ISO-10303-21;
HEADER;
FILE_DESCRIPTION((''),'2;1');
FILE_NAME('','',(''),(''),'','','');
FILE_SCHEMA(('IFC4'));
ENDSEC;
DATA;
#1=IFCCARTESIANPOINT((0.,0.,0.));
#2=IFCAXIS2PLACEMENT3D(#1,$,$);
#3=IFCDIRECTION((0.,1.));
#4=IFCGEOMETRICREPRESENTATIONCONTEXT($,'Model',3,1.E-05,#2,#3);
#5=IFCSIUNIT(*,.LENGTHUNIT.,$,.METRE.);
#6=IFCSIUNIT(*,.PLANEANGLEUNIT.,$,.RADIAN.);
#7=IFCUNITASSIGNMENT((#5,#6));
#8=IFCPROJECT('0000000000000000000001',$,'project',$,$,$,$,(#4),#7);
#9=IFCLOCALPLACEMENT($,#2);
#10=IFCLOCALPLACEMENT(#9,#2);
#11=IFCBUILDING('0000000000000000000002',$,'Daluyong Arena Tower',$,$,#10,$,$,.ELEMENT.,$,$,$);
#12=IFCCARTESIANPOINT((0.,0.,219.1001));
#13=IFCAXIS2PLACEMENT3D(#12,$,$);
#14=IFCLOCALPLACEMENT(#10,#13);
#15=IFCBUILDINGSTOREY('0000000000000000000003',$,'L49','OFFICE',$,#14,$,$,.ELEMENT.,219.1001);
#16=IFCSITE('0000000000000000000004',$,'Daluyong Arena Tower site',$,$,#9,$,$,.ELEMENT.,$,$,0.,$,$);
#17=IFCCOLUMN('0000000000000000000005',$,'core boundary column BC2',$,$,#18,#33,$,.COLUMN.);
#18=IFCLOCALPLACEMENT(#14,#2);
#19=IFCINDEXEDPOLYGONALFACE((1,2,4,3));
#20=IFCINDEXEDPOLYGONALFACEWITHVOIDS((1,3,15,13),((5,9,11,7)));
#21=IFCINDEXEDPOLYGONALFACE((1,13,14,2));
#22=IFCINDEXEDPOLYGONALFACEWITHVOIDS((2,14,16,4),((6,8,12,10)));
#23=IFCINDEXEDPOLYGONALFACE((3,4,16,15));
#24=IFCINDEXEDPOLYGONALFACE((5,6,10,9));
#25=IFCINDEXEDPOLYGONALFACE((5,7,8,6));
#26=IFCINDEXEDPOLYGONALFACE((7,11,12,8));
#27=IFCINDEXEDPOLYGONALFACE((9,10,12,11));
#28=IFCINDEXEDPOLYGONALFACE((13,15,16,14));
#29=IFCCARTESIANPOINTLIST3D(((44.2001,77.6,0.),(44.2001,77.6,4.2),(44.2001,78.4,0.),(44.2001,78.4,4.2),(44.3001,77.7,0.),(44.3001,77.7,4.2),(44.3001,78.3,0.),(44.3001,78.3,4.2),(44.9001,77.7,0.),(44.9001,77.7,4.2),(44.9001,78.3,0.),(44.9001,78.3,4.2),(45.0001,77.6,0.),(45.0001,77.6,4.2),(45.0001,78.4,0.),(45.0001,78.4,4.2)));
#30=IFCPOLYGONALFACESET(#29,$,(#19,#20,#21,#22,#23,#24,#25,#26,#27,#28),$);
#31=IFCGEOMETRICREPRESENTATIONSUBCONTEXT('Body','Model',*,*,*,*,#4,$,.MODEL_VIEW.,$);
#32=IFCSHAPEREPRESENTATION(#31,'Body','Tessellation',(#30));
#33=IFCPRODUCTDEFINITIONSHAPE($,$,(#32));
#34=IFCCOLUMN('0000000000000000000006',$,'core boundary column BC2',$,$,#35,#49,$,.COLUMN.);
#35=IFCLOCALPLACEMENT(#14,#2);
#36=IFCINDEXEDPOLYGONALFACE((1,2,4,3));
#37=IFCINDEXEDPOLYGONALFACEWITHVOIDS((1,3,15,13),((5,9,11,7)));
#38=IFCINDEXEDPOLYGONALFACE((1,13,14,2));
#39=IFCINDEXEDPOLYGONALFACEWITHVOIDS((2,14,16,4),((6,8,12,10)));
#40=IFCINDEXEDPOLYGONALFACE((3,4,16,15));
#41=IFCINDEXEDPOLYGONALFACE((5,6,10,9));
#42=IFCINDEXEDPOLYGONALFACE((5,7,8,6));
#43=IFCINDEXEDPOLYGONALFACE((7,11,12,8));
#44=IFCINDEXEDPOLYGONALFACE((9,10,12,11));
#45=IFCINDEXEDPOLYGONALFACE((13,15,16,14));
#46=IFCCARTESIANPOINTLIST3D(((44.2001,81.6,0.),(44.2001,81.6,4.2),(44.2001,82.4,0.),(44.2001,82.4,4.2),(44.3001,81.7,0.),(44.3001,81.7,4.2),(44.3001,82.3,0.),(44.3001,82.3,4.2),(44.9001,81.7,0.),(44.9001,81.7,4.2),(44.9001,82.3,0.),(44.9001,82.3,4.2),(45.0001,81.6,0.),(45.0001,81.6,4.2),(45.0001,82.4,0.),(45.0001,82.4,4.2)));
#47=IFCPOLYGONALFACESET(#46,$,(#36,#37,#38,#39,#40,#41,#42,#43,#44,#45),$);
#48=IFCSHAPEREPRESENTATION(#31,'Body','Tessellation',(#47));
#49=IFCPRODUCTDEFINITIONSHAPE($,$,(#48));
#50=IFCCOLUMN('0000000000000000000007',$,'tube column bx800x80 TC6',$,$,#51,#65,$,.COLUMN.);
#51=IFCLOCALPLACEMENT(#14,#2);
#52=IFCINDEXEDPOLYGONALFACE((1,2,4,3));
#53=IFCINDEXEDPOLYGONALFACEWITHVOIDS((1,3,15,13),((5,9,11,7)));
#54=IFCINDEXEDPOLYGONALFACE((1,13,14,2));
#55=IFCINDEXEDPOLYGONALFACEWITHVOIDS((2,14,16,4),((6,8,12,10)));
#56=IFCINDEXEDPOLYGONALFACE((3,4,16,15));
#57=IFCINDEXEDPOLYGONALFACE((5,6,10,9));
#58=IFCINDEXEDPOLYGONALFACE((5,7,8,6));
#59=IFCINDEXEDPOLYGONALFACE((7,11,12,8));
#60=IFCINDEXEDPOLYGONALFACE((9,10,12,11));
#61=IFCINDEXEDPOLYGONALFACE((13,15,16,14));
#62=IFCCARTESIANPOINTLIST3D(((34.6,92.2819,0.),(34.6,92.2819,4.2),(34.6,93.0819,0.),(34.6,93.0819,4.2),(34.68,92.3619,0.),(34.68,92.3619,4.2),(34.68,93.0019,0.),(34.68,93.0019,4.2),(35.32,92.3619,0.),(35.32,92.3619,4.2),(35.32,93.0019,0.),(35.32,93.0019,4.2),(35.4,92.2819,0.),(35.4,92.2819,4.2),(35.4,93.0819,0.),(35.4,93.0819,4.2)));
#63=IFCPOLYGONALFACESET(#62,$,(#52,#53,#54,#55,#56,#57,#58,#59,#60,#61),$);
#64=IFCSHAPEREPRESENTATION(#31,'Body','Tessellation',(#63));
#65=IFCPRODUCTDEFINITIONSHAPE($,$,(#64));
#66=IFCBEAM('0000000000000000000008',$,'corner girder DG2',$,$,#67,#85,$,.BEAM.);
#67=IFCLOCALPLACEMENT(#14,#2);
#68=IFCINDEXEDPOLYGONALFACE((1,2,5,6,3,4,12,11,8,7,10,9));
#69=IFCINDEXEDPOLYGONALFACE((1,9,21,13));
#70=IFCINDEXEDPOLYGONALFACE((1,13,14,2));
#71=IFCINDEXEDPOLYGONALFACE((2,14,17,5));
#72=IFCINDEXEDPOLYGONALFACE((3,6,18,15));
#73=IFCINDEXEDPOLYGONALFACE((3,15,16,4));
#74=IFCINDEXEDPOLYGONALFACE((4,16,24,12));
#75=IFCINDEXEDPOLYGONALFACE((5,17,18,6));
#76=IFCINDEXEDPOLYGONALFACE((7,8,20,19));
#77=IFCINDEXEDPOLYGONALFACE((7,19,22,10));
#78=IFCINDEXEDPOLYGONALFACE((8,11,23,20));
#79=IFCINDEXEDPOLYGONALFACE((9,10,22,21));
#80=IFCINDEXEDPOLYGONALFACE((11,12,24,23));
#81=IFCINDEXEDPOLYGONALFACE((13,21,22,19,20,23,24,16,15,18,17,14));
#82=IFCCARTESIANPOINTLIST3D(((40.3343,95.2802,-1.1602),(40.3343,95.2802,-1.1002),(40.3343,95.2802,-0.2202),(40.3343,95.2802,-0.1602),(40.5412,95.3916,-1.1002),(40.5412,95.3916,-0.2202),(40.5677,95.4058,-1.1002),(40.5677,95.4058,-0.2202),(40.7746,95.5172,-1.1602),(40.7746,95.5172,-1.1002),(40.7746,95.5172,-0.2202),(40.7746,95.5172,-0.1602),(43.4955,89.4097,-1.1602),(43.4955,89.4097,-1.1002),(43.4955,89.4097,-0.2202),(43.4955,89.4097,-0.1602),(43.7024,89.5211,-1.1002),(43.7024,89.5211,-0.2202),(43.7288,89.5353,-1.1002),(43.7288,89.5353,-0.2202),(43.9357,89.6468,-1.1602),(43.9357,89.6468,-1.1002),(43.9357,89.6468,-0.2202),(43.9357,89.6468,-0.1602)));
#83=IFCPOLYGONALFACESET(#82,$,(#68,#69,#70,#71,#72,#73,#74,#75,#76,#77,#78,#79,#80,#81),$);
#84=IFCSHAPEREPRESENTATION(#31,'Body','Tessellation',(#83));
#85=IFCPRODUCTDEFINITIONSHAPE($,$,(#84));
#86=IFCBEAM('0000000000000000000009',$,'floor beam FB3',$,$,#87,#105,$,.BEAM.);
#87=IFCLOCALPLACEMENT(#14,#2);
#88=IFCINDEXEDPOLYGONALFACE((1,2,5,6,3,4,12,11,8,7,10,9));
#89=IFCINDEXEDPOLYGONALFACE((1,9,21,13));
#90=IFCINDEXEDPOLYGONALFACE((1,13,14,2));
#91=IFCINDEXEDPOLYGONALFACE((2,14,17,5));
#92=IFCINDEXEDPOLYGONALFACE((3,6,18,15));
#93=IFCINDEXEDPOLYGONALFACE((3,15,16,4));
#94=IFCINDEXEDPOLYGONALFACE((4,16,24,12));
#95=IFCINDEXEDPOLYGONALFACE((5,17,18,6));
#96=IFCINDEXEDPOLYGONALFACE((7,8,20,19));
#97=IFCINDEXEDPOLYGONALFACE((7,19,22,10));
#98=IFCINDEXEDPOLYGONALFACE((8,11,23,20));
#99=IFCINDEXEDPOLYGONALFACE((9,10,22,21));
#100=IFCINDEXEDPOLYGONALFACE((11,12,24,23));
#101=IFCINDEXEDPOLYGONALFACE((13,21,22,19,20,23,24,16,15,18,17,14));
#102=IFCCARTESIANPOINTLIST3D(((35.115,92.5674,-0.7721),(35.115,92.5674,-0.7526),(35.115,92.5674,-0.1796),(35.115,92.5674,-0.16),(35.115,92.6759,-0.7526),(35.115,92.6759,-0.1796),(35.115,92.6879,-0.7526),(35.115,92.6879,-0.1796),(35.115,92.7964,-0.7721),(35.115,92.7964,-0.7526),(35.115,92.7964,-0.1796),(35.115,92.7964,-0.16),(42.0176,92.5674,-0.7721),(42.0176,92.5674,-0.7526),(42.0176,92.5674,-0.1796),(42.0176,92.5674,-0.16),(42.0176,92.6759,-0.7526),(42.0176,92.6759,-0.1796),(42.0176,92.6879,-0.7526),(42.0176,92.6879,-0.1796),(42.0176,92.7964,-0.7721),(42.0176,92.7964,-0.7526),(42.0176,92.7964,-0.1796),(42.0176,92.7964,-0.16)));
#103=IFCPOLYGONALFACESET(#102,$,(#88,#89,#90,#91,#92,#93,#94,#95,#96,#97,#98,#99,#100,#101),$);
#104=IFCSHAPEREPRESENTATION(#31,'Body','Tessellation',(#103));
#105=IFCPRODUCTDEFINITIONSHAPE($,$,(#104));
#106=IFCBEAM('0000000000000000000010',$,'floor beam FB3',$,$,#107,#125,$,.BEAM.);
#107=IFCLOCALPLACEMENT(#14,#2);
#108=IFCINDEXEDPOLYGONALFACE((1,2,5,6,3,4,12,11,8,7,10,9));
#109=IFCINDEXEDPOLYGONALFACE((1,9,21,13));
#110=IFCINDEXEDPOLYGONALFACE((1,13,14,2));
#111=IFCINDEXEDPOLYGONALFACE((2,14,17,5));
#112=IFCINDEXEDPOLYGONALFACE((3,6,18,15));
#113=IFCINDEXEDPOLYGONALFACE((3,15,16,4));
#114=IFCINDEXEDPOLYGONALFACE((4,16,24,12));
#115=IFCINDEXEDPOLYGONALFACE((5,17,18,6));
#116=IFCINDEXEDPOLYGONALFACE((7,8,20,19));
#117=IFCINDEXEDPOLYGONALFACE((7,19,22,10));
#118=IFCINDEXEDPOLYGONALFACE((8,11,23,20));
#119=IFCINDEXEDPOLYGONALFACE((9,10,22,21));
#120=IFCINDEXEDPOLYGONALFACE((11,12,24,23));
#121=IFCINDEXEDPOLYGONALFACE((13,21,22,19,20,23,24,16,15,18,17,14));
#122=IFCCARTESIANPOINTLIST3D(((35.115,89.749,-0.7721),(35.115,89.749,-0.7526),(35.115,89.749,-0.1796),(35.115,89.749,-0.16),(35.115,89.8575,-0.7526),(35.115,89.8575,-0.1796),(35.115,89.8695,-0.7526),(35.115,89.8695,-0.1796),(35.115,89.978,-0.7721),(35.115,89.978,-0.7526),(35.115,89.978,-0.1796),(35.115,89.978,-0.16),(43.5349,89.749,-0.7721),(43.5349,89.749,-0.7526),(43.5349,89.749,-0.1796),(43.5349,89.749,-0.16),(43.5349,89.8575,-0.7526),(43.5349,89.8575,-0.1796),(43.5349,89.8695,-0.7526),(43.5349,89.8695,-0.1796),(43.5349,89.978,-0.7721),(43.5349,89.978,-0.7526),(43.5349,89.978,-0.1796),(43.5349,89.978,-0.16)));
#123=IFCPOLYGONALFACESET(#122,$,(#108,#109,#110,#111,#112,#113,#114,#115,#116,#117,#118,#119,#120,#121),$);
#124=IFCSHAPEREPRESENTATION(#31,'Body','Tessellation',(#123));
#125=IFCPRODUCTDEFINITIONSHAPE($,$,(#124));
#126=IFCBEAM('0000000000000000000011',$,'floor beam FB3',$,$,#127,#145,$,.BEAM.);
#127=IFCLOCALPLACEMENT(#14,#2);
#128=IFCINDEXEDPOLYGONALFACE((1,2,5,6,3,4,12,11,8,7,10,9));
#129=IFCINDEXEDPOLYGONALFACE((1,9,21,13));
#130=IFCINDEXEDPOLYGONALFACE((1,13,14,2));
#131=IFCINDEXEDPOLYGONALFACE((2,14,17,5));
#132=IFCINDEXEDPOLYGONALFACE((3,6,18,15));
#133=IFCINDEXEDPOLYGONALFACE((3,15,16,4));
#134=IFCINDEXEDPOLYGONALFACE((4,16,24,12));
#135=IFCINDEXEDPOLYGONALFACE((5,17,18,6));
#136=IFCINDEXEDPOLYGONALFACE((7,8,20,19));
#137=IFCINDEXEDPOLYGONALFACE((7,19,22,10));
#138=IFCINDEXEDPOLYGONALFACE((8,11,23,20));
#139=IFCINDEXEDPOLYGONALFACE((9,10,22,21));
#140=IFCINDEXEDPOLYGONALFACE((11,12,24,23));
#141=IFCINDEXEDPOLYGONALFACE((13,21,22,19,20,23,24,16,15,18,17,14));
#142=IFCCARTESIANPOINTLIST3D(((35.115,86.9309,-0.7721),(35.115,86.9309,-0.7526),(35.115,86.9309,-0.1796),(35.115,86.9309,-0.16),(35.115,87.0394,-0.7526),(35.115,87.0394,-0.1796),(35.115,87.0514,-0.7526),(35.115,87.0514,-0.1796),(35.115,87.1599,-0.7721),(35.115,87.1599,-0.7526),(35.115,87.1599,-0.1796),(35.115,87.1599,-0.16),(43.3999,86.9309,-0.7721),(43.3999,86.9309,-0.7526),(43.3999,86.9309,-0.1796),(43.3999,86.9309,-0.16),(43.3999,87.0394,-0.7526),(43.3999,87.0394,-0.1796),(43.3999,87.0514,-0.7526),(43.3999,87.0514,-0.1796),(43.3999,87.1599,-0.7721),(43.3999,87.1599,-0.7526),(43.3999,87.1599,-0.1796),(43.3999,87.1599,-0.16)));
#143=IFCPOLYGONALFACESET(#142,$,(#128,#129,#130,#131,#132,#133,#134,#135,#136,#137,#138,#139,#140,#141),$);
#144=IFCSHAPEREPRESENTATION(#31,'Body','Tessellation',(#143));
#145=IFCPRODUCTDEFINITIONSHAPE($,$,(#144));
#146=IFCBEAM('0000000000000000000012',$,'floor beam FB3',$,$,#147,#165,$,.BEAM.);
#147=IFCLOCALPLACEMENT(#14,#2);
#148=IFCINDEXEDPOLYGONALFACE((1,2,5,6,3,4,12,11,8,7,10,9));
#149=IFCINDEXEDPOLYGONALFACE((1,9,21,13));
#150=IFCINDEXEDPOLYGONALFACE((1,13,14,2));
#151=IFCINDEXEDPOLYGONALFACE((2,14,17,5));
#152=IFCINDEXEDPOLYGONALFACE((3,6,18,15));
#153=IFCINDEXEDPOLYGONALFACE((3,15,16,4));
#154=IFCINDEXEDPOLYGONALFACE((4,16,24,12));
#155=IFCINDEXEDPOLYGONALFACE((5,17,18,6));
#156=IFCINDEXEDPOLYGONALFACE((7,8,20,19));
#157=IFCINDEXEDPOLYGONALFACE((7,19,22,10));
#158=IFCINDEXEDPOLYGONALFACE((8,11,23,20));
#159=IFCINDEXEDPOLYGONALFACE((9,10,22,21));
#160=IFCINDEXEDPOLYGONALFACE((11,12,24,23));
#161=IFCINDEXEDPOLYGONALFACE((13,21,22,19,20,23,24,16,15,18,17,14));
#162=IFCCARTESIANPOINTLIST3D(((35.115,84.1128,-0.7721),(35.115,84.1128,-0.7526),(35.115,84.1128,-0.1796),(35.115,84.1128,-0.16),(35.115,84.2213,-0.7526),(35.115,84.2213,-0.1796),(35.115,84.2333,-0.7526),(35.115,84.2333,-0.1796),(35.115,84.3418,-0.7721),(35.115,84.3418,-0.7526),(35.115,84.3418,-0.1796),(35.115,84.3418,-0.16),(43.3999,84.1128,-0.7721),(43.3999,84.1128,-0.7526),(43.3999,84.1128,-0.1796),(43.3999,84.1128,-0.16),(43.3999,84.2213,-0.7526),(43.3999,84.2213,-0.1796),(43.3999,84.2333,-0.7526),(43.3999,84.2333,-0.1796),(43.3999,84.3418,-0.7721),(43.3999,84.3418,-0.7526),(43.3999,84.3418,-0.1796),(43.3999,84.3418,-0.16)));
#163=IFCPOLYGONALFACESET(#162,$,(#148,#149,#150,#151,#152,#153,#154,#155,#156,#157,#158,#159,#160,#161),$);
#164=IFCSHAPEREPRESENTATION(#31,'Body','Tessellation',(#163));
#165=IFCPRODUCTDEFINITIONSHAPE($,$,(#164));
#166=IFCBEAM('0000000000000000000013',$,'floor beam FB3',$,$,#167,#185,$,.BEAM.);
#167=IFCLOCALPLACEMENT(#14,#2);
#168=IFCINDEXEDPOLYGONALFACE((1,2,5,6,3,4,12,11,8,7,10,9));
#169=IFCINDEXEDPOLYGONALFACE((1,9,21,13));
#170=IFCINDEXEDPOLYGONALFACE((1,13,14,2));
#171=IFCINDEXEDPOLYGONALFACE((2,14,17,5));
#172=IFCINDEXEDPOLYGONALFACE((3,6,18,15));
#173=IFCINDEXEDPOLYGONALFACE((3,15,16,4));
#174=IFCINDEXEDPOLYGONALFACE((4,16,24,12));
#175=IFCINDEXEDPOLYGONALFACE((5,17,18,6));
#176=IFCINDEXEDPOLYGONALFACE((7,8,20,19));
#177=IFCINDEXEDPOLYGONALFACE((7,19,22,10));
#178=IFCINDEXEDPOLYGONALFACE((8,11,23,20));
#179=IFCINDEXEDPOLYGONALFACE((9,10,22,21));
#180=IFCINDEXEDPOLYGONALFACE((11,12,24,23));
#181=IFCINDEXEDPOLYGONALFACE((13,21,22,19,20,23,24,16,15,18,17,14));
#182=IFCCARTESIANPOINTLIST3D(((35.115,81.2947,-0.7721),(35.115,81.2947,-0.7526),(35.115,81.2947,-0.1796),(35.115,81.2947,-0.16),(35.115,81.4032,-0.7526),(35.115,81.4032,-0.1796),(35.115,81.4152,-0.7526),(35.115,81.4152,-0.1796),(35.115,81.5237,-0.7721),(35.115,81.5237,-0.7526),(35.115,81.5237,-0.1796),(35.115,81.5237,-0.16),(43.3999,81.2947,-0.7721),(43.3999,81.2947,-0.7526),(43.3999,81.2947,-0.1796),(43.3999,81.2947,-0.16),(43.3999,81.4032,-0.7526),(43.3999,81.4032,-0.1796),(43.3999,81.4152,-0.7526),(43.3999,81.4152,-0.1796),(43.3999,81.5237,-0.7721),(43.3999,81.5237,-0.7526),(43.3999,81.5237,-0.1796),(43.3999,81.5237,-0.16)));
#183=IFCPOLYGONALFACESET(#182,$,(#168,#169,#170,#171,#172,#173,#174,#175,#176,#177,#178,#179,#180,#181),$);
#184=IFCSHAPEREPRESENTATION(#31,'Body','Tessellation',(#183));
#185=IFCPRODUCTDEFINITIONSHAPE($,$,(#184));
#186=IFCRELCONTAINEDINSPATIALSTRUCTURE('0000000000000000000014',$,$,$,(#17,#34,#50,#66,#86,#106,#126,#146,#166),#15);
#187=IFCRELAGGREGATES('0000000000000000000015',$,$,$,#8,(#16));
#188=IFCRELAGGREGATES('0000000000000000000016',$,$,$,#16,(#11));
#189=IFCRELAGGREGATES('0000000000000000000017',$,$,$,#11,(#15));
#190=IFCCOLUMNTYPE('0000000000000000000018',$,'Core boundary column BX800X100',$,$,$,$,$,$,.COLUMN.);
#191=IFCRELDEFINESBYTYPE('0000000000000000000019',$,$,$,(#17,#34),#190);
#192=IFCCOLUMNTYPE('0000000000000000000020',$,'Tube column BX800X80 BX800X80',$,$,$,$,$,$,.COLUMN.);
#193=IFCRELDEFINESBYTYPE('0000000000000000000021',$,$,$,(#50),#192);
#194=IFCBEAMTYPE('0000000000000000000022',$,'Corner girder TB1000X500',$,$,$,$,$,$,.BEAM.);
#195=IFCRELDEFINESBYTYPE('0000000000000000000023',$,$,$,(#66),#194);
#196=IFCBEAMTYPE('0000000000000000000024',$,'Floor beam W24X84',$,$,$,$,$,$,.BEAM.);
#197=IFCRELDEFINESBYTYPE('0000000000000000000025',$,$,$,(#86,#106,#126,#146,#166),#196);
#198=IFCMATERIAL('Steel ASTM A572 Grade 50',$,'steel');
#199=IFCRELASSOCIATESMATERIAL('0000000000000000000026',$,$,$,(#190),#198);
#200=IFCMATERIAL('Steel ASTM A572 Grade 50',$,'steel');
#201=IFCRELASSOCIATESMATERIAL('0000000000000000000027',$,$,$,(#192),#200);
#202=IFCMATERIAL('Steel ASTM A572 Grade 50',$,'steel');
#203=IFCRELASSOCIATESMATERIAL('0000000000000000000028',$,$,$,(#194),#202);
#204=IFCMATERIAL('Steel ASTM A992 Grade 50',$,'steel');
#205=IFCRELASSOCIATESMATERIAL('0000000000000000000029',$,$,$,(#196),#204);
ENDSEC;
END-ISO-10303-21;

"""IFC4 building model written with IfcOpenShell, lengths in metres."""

from ifc_helpers import new_model, si_unit, direction, frame, origin, origin_2d, place, context, subcontext, project, spatial, hollow_rectangle, i_section, extrude, material, material_profile, profile_set, type_object, element, save


model = new_model("IFC4")

# Units and contexts
model_context = context("Model", 3, precision=1e-05, world=origin(), true_north=direction((0.0, 1.0)))
body_context = subcontext(model_context, "Body", "Model", "MODEL_VIEW")
ifc_project = project(units=[si_unit("LENGTHUNIT", "METRE"), si_unit("PLANEANGLEUNIT", "RADIAN")], contexts=[model_context])

# Site, building, storey
site_placement = place(None, origin())
site = spatial("IfcSite", under=ifc_project, at=site_placement, Name="Daluyong Arena Tower site", CompositionType="ELEMENT", RefElevation=0.0)
building_placement = place(site_placement, origin())
building = spatial("IfcBuilding", under=site, at=building_placement, Name="Daluyong Arena Tower", CompositionType="ELEMENT")
storey_placement = place(building_placement, frame((0.0, 0.0, 219.1001)))
storey = spatial("IfcBuildingStorey", under=building, at=storey_placement, Name="L49", Description="OFFICE", CompositionType="ELEMENT", Elevation=219.1001)

# Columns
ifc_material_1 = material(Name="Steel ASTM A572 Grade 50", Category="steel")
ifc_material_profile_1 = material_profile(ifc_material_1, hollow_rectangle(XDim=0.8, YDim=0.8, WallThickness=0.1, at=origin_2d()))
ifc_profile_set_1 = profile_set([ifc_material_profile_1], Name="Steel ASTM A572 Grade 50")
column_type_1 = type_object("IfcColumnType", Name="Core boundary column BX800X100", PredefinedType="COLUMN", material=ifc_profile_set_1)
for number, where, z_axis, x_axis, name in (
    (1, (44.6001, 78.0, 0.0), (0.0, 0.0, 1.0), (1.0, 0.0, 0.0), "core boundary column BC2"),
    (2, (44.6001, 82.0, 0.0), (0.0, 0.0, 1.0), (1.0, 0.0, 0.0), "core boundary column BC2"),
):
    element("IfcColumn", number, at=place(storey_placement, frame(where, z_axis=z_axis, x_axis=x_axis)), inside=storey, type_object=column_type_1, Name=name, PredefinedType="COLUMN", context=body_context, shape_type="SweptSolid", body=[
        extrude(hollow_rectangle(XDim=0.8, YDim=0.8, WallThickness=0.1, at=origin_2d()), origin(), (0.0, 0.0, 1.0), 4.2),
    ])
ifc_material_2 = material(Name="Steel ASTM A572 Grade 50", Category="steel")
ifc_material_profile_2 = material_profile(ifc_material_2, hollow_rectangle(XDim=0.8, YDim=0.8, WallThickness=0.08, at=origin_2d()))
ifc_profile_set_2 = profile_set([ifc_material_profile_2], Name="Steel ASTM A572 Grade 50")
column_type_2 = type_object("IfcColumnType", Name="Tube column BX800X80 BX800X80", PredefinedType="COLUMN", material=ifc_profile_set_2)
column_placement = place(storey_placement, frame((35.0, 92.6819, 0.0), z_axis=(0.0, 0.0, 1.0), x_axis=(0.0, 1.0, 0.0)))
element("IfcColumn", 3, at=column_placement, inside=storey, type_object=column_type_2, Name="tube column bx800x80 TC6", PredefinedType="COLUMN", context=body_context, shape_type="SweptSolid", body=[
    extrude(hollow_rectangle(XDim=0.8, YDim=0.8, WallThickness=0.08, at=origin_2d()), origin(), (0.0, 0.0, 1.0), 4.2),
])

# Beams
ifc_material_3 = material(Name="Steel ASTM A572 Grade 50", Category="steel")
ifc_material_profile_3 = material_profile(ifc_material_3, i_section(OverallWidth=0.5, OverallDepth=1.0, WebThickness=0.03, FlangeThickness=0.06, at=origin_2d()))
ifc_profile_set_3 = profile_set([ifc_material_profile_3], Name="Steel ASTM A572 Grade 50")
beam_type_1 = type_object("IfcBeamType", Name="Corner girder TB1000X500", PredefinedType="BEAM", material=ifc_profile_set_3)
beam_1_placement = place(storey_placement, frame((40.5544, 95.3987, -0.6602), z_axis=(0.474119, -0.880461, 0.0), x_axis=(0.880461, 0.474119, 0.0)))
element("IfcBeam", 4, at=beam_1_placement, inside=storey, type_object=beam_type_1, Name="corner girder DG2", PredefinedType="BEAM", context=body_context, shape_type="SweptSolid", body=[
    extrude(i_section(OverallWidth=0.5, OverallDepth=1.0, WebThickness=0.03, FlangeThickness=0.06, at=origin_2d()), origin(), (0.0, 0.0, 1.0), 6.6675),
])
ifc_material_4 = material(Name="Steel ASTM A992 Grade 50", Category="steel")
ifc_material_profile_4 = material_profile(ifc_material_4, i_section(OverallWidth=0.229, OverallDepth=0.6121, WebThickness=0.012, FlangeThickness=0.0195, at=origin_2d()))
ifc_profile_set_4 = profile_set([ifc_material_profile_4], Name="Steel ASTM A992 Grade 50")
beam_type_2 = type_object("IfcBeamType", Name="Floor beam W24X84", PredefinedType="BEAM", material=ifc_profile_set_4)
beam_2_placement = place(storey_placement, frame((35.115, 92.6819, -0.4661), z_axis=(1.0, 0.0, 0.0), x_axis=(0.0, 1.0, 0.0)))
element("IfcBeam", 5, at=beam_2_placement, inside=storey, type_object=beam_type_2, Name="floor beam FB3", PredefinedType="BEAM", context=body_context, shape_type="SweptSolid", body=[
    extrude(i_section(OverallWidth=0.229, OverallDepth=0.6121, WebThickness=0.012, FlangeThickness=0.0195, at=origin_2d()), origin(), (0.0, 0.0, 1.0), 6.9026),
])
beam_3_placement = place(storey_placement, frame((35.115, 89.8635, -0.4661), z_axis=(1.0, 0.0, 0.0), x_axis=(0.0, 1.0, 0.0)))
element("IfcBeam", 6, at=beam_3_placement, inside=storey, type_object=beam_type_2, Name="floor beam FB3", PredefinedType="BEAM", context=body_context, shape_type="SweptSolid", body=[
    extrude(i_section(OverallWidth=0.229, OverallDepth=0.6121, WebThickness=0.012, FlangeThickness=0.0195, at=origin_2d()), origin(), (0.0, 0.0, 1.0), 8.4199),
])
for number, where, z_axis, x_axis, name in (
    (7, (35.115, 87.0454, -0.4661), (1.0, 0.0, 0.0), (0.0, 1.0, 0.0), "floor beam FB3"),
    (8, (35.115, 84.2273, -0.4661), (1.0, 0.0, 0.0), (0.0, 1.0, 0.0), "floor beam FB3"),
    (9, (35.115, 81.4092, -0.4661), (1.0, 0.0, 0.0), (0.0, 1.0, 0.0), "floor beam FB3"),
):
    element("IfcBeam", number, at=place(storey_placement, frame(where, z_axis=z_axis, x_axis=x_axis)), inside=storey, type_object=beam_type_2, Name=name, PredefinedType="BEAM", context=body_context, shape_type="SweptSolid", body=[
        extrude(i_section(OverallWidth=0.229, OverallDepth=0.6121, WebThickness=0.012, FlangeThickness=0.0195, at=origin_2d()), origin(), (0.0, 0.0, 1.0), 8.2849),
    ])

save(model, "model.ifc")
